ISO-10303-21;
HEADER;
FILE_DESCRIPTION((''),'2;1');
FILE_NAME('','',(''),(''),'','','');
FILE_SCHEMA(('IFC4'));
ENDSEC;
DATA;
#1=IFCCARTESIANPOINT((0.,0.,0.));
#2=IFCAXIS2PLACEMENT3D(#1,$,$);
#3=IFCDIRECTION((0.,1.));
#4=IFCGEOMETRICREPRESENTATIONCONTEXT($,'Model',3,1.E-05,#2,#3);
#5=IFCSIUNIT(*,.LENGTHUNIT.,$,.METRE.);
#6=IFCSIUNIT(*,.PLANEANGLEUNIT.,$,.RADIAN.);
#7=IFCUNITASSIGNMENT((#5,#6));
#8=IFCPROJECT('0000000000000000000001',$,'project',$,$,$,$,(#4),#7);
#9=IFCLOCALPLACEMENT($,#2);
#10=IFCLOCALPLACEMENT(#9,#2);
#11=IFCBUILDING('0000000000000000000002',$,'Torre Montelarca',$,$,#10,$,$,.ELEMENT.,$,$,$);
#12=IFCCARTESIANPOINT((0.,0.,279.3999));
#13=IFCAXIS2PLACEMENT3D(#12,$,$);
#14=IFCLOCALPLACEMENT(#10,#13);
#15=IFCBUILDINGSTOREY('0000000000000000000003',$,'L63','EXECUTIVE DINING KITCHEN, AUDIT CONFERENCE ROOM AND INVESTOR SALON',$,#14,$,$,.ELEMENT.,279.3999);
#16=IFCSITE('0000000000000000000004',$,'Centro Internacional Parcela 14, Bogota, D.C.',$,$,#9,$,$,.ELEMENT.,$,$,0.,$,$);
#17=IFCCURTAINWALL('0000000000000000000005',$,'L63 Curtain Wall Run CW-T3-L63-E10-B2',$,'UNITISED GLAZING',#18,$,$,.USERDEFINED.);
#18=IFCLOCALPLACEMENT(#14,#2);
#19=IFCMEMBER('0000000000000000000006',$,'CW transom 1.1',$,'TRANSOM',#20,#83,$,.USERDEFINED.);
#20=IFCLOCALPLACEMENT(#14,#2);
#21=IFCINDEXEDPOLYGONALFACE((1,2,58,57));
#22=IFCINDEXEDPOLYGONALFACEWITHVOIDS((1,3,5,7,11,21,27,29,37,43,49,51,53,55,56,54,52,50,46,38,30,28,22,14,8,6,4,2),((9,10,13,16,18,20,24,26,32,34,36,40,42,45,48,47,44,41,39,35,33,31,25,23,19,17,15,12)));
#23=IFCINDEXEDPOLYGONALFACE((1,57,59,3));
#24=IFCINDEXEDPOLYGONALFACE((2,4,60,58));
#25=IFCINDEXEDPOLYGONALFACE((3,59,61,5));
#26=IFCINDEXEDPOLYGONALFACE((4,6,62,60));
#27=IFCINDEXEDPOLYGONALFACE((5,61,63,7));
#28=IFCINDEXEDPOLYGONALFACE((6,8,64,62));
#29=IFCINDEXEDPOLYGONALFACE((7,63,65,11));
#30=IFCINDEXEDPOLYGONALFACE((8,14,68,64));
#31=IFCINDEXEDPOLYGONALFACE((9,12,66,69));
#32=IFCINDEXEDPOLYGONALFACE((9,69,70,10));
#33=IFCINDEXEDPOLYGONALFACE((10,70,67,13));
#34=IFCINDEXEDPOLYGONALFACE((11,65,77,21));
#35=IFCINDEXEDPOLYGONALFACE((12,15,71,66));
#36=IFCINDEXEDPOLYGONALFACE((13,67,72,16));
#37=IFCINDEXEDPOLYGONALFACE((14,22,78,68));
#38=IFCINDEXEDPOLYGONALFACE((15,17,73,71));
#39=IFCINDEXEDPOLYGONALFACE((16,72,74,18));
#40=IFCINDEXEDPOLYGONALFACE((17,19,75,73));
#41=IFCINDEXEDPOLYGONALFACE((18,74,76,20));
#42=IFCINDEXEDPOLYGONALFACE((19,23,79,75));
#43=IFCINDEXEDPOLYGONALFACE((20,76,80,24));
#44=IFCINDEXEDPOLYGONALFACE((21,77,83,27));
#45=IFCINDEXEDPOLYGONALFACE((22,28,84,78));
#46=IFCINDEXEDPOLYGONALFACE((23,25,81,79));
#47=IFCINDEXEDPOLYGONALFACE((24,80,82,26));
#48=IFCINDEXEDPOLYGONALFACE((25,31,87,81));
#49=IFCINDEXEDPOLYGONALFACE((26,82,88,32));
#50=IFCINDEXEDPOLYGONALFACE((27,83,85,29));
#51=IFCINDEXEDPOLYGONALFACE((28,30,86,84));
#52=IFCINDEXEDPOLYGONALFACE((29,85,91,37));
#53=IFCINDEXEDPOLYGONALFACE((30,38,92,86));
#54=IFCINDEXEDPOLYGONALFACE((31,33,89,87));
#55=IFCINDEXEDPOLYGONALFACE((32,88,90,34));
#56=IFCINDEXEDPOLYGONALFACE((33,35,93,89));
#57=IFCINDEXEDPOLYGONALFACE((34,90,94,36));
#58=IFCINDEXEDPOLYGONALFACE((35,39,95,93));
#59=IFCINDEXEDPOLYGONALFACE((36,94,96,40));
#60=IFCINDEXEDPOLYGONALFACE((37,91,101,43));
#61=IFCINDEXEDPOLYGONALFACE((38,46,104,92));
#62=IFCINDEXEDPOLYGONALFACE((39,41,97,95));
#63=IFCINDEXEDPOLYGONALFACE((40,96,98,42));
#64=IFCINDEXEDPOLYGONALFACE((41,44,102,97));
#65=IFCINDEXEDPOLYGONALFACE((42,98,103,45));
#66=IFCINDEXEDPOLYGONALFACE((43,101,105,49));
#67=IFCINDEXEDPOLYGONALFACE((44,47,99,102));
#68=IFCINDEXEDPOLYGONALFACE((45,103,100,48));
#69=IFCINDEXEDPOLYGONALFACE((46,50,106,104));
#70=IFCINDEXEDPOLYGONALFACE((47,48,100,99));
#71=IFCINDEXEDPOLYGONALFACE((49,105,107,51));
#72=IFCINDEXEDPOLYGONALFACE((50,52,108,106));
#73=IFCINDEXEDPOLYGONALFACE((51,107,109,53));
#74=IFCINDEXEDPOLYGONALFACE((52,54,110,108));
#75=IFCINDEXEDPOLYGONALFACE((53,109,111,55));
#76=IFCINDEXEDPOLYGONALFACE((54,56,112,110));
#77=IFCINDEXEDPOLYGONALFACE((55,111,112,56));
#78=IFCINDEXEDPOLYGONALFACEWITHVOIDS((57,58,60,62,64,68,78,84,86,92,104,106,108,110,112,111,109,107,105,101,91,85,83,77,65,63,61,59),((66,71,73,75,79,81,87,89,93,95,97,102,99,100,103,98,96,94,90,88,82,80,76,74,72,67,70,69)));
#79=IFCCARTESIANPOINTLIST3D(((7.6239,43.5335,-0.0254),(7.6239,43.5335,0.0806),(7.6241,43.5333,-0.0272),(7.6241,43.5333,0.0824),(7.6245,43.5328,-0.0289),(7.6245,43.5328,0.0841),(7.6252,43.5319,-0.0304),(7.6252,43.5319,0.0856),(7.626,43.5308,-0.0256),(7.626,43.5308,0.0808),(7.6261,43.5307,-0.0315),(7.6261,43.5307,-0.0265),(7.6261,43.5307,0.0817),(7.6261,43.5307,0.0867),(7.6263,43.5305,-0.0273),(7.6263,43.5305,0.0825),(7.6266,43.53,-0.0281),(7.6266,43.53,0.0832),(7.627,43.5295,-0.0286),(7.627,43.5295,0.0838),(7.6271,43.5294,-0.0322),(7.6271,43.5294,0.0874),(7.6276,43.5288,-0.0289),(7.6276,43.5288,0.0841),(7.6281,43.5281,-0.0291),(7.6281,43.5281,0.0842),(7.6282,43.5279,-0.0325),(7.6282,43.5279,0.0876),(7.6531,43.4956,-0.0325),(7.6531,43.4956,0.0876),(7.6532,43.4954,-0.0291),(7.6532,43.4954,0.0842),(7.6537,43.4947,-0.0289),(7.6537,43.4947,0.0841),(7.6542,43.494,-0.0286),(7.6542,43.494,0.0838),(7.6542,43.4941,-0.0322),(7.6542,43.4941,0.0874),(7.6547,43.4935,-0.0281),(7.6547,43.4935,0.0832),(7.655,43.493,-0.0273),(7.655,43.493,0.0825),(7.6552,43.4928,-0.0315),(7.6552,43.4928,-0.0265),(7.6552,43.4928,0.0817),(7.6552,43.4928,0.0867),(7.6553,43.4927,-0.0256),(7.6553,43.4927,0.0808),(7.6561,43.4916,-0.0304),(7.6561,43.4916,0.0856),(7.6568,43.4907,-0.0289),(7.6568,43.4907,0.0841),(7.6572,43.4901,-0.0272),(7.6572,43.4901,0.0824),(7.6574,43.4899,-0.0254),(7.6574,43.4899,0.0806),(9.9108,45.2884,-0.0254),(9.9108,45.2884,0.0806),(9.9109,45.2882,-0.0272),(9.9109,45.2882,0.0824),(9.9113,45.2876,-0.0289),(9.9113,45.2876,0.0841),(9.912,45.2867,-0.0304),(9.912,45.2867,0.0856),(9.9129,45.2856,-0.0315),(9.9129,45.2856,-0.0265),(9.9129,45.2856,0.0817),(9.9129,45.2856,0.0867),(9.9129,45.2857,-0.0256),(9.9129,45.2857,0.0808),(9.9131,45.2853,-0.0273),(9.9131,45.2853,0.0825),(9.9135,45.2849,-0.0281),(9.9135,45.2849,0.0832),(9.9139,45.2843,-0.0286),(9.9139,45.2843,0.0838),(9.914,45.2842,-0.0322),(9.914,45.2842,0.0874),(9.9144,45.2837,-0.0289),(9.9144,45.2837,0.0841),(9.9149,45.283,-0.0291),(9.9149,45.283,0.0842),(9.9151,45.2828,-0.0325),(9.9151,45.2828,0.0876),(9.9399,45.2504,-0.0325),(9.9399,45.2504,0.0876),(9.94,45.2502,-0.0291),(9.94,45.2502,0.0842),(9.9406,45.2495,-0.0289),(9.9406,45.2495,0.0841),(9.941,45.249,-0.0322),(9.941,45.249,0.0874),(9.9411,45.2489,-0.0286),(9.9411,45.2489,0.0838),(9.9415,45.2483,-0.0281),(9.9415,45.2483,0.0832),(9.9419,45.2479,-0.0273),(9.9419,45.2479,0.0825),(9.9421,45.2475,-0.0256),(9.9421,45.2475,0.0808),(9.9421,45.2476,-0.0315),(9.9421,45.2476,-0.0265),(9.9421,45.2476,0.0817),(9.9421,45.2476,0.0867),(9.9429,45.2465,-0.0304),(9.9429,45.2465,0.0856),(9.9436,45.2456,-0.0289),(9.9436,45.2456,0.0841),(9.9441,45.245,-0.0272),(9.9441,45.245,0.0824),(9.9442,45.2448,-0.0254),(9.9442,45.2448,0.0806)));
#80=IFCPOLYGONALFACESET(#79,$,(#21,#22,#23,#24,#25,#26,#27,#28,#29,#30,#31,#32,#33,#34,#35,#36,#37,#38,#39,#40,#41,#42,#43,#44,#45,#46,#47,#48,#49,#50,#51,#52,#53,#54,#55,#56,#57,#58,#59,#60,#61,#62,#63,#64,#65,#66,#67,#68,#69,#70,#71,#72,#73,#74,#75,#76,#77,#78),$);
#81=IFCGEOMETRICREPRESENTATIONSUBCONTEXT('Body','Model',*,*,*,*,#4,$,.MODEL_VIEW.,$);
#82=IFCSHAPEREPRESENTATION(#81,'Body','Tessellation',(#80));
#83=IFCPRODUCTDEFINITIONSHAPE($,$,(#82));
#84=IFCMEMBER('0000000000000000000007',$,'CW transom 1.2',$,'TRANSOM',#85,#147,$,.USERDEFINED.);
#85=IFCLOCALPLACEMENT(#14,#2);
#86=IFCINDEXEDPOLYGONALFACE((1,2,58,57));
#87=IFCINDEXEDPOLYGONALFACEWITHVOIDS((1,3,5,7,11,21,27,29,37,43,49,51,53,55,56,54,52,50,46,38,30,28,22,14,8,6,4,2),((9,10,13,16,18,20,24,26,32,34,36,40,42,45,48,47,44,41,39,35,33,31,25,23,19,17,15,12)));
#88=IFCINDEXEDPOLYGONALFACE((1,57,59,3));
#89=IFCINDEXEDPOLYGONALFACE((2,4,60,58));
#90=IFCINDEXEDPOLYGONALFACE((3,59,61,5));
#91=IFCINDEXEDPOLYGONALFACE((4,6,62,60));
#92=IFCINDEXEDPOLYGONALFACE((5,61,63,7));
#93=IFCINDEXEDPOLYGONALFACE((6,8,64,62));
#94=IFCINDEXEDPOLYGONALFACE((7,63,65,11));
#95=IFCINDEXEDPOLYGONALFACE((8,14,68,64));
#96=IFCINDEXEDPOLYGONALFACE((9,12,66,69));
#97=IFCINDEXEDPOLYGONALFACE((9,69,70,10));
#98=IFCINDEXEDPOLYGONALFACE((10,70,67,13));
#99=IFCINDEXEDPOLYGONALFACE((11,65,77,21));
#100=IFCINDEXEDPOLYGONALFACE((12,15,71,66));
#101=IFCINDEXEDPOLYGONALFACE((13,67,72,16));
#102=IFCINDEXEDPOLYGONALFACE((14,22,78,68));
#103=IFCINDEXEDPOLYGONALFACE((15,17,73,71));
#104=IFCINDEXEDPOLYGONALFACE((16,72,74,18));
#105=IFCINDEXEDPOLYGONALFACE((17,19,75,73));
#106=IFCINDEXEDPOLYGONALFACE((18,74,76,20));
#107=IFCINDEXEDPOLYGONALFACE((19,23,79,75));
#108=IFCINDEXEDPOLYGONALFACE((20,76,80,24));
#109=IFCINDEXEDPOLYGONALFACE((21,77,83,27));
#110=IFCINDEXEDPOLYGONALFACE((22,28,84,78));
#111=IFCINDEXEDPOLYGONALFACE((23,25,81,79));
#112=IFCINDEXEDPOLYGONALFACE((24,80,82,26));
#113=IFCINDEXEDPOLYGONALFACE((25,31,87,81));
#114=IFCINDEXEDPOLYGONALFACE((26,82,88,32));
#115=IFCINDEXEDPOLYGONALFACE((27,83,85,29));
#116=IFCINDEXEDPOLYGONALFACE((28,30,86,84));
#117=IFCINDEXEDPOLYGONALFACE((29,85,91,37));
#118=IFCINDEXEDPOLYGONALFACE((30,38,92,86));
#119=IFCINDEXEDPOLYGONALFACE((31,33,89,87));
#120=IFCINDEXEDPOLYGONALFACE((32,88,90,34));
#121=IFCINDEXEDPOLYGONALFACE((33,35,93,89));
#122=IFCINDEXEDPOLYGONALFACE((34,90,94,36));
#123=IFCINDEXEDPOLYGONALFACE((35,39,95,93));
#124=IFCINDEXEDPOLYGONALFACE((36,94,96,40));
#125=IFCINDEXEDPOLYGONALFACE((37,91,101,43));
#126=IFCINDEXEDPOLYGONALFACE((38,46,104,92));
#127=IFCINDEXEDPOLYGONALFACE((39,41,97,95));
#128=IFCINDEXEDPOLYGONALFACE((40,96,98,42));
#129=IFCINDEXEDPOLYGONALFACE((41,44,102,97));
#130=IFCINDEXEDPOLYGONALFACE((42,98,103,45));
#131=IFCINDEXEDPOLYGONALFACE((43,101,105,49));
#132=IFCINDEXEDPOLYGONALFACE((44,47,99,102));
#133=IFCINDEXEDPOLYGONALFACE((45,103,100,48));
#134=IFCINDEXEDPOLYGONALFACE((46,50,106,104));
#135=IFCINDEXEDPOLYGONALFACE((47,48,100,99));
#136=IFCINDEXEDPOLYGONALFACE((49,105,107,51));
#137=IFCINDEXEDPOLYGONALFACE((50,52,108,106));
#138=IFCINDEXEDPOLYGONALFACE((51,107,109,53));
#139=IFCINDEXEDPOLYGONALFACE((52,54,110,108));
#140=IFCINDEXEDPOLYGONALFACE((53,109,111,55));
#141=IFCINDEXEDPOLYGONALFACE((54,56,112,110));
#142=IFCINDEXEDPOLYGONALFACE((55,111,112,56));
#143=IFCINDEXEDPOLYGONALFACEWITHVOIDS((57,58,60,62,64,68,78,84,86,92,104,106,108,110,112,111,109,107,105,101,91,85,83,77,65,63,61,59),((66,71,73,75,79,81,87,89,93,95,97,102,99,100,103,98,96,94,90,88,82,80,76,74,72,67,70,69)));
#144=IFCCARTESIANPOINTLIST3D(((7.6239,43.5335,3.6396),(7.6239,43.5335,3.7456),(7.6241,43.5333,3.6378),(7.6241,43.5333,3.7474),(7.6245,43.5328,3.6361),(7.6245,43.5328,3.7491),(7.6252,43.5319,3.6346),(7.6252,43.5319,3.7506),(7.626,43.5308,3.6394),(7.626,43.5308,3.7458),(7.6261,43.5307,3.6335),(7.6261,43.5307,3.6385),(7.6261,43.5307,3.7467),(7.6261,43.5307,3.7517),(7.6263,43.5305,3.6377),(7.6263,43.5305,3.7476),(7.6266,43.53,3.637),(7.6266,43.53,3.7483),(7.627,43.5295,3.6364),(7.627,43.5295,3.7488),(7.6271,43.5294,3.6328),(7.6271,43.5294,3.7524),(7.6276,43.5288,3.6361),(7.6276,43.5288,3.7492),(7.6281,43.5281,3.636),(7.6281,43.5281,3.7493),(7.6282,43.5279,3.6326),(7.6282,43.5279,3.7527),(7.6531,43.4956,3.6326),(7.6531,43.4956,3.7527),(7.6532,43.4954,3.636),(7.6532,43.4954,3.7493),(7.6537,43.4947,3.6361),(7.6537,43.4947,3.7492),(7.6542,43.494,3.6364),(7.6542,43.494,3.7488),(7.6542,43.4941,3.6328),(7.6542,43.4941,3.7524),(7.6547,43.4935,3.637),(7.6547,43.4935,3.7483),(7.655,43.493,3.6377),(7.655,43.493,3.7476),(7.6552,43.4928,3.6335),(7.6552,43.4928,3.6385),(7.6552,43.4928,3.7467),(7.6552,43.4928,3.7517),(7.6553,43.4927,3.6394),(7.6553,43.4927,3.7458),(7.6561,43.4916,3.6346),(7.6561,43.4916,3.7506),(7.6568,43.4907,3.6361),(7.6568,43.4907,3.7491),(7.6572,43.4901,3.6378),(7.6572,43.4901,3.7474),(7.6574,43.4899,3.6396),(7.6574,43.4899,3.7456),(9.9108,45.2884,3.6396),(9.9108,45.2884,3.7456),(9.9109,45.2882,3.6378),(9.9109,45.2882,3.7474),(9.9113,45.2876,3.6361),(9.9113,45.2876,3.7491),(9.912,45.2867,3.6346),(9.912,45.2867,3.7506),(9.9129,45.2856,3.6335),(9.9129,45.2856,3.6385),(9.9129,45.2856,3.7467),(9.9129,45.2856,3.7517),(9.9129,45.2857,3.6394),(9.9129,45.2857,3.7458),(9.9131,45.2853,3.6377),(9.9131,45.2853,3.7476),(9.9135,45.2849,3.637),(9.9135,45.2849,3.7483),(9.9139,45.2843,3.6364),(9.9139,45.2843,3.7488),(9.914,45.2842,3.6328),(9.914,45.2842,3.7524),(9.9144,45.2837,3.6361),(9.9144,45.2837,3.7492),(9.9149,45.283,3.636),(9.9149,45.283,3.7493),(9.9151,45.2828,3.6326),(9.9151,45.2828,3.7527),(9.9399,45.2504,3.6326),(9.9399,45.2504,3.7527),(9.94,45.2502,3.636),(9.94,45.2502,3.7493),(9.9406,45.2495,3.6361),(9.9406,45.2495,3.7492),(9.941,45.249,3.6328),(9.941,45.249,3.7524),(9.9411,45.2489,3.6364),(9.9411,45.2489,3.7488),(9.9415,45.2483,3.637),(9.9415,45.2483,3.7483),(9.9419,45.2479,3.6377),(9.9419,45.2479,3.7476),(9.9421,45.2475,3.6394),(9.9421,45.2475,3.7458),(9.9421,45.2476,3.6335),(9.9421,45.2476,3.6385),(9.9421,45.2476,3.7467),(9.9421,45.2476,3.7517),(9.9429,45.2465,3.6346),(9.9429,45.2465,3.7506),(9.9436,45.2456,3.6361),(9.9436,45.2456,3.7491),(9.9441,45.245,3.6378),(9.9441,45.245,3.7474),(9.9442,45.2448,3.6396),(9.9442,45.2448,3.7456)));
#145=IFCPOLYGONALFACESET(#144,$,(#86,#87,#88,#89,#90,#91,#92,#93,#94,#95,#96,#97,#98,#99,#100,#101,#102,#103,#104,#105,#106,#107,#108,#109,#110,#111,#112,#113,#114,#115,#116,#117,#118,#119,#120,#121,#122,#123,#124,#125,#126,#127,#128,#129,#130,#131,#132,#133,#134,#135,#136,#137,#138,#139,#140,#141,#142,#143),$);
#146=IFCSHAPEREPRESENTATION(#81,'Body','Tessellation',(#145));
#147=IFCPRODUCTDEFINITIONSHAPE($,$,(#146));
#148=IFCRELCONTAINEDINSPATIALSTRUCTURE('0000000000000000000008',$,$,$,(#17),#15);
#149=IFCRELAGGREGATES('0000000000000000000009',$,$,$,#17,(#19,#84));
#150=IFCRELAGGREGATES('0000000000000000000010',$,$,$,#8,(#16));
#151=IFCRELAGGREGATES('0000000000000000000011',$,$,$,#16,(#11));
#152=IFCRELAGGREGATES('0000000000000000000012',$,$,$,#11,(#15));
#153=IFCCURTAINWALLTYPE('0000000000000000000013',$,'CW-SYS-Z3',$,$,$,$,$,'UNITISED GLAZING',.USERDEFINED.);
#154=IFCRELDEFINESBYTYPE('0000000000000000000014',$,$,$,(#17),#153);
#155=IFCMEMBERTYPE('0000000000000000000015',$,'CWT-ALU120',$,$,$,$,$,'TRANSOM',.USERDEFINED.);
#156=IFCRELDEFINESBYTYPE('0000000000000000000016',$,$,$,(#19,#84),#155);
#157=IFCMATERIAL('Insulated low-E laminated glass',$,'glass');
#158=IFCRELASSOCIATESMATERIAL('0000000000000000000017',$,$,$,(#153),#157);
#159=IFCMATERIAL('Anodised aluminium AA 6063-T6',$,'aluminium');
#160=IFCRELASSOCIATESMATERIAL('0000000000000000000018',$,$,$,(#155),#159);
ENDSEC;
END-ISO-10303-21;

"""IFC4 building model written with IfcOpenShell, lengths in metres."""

from ifc_helpers import new_model, si_unit, direction, frame, origin, origin_2d, place, context, subcontext, project, spatial, hollow_rectangle, extrude, source, transform, mapped, material, material_profile, profile_set, type_object, element, aggregate, save


model = new_model("IFC4")

# Units and contexts
model_context = context("Model", 3, precision=1e-05, world=origin(), true_north=direction((0.0, 1.0)))
body_context = subcontext(model_context, "Body", "Model", "MODEL_VIEW")
ifc_project = project(units=[si_unit("LENGTHUNIT", "METRE"), si_unit("PLANEANGLEUNIT", "RADIAN")], contexts=[model_context])

# Site, building, storey
site_placement = place(None, origin())
site = spatial("IfcSite", under=ifc_project, at=site_placement, Name="Centro Internacional Parcela 14, Bogota, D.C.", CompositionType="ELEMENT", RefElevation=0.0)
building_placement = place(site_placement, origin())
building = spatial("IfcBuilding", under=site, at=building_placement, Name="Torre Montelarca", CompositionType="ELEMENT")
storey_placement = place(building_placement, frame((0.0, 0.0, 279.3999)))
storey = spatial("IfcBuildingStorey", under=building, at=storey_placement, Name="L63", Description="EXECUTIVE DINING KITCHEN, AUDIT CONFERENCE ROOM AND INVESTOR SALON", CompositionType="ELEMENT", Elevation=279.3999)

# Curtain wall
ifc_material_1 = material(Name="Insulated low-E laminated glass", Category="glass")
curtain_wall_type = type_object("IfcCurtainWallType", Name="CW-SYS-Z3", ElementType="UNITISED GLAZING", PredefinedType="USERDEFINED", material=ifc_material_1)
curtain_wall_1_placement = place(storey_placement, origin())
curtain_wall_1 = element("IfcCurtainWall", 1, at=curtain_wall_1_placement, inside=storey, type_object=curtain_wall_type, Name="L63 Curtain Wall Run CW-T3-L63-E10-B2", ObjectType="UNITISED GLAZING", PredefinedType="USERDEFINED")
ifc_material_2 = material(Name="Anodised aluminium AA 6063-T6", Category="aluminium")

# Members
ifc_material_profile_1 = material_profile(ifc_material_2, hollow_rectangle(XDim=0.0549, YDim=0.1201, WallThickness=0.0034, InnerFilletRadius=0.0034, OuterFilletRadius=0.0071, at=origin_2d()), Name="ALU55X120X3.5", Category="aluminium")
ifc_profile_set_1 = profile_set([ifc_material_profile_1], Name="Anodised aluminium AA 6063-T6")
member_type_1 = type_object("IfcMemberType", Name="CWT-ALU120", ElementType="TRANSOM", PredefinedType="USERDEFINED", material=ifc_profile_set_1)
shared_shape_1 = source(origin(), body_context, "Body", "SweptSolid", [
    extrude(hollow_rectangle(XDim=0.0549, YDim=0.1201, WallThickness=0.0034, InnerFilletRadius=0.0034, OuterFilletRadius=0.0071, at=origin_2d()), origin(), (0.0, 0.0, 1.0), 2.8826),
])
member_1_placement = place(storey_placement, frame((9.9275, 45.2666, 0.0276), z_axis=(-0.793335, -0.608785, 0.0), x_axis=(0.608785, -0.793335, 0.0)))
member_1 = element("IfcMember", 2, at=member_1_placement, type_object=member_type_1, Name="CW transom 1.1", ObjectType="TRANSOM", PredefinedType="USERDEFINED", context=body_context, shape_type="MappedRepresentation", body=[
    mapped(shared_shape_1, transform((0.0, 0.0, 0.0), scale=1.0)),
])
member_2_placement = place(storey_placement, frame((9.9275, 45.2666, 3.6926), z_axis=(-0.793335, -0.608785, 0.0), x_axis=(0.608785, -0.793335, 0.0)))
member_2 = element("IfcMember", 3, at=member_2_placement, type_object=member_type_1, Name="CW transom 1.2", ObjectType="TRANSOM", PredefinedType="USERDEFINED", context=body_context, shape_type="MappedRepresentation", body=[
    mapped(shared_shape_1, transform((0.0, 0.0, 0.0), scale=1.0)),
])

aggregate(curtain_wall_1, [member_1, member_2])

save(model, "model.ifc")
